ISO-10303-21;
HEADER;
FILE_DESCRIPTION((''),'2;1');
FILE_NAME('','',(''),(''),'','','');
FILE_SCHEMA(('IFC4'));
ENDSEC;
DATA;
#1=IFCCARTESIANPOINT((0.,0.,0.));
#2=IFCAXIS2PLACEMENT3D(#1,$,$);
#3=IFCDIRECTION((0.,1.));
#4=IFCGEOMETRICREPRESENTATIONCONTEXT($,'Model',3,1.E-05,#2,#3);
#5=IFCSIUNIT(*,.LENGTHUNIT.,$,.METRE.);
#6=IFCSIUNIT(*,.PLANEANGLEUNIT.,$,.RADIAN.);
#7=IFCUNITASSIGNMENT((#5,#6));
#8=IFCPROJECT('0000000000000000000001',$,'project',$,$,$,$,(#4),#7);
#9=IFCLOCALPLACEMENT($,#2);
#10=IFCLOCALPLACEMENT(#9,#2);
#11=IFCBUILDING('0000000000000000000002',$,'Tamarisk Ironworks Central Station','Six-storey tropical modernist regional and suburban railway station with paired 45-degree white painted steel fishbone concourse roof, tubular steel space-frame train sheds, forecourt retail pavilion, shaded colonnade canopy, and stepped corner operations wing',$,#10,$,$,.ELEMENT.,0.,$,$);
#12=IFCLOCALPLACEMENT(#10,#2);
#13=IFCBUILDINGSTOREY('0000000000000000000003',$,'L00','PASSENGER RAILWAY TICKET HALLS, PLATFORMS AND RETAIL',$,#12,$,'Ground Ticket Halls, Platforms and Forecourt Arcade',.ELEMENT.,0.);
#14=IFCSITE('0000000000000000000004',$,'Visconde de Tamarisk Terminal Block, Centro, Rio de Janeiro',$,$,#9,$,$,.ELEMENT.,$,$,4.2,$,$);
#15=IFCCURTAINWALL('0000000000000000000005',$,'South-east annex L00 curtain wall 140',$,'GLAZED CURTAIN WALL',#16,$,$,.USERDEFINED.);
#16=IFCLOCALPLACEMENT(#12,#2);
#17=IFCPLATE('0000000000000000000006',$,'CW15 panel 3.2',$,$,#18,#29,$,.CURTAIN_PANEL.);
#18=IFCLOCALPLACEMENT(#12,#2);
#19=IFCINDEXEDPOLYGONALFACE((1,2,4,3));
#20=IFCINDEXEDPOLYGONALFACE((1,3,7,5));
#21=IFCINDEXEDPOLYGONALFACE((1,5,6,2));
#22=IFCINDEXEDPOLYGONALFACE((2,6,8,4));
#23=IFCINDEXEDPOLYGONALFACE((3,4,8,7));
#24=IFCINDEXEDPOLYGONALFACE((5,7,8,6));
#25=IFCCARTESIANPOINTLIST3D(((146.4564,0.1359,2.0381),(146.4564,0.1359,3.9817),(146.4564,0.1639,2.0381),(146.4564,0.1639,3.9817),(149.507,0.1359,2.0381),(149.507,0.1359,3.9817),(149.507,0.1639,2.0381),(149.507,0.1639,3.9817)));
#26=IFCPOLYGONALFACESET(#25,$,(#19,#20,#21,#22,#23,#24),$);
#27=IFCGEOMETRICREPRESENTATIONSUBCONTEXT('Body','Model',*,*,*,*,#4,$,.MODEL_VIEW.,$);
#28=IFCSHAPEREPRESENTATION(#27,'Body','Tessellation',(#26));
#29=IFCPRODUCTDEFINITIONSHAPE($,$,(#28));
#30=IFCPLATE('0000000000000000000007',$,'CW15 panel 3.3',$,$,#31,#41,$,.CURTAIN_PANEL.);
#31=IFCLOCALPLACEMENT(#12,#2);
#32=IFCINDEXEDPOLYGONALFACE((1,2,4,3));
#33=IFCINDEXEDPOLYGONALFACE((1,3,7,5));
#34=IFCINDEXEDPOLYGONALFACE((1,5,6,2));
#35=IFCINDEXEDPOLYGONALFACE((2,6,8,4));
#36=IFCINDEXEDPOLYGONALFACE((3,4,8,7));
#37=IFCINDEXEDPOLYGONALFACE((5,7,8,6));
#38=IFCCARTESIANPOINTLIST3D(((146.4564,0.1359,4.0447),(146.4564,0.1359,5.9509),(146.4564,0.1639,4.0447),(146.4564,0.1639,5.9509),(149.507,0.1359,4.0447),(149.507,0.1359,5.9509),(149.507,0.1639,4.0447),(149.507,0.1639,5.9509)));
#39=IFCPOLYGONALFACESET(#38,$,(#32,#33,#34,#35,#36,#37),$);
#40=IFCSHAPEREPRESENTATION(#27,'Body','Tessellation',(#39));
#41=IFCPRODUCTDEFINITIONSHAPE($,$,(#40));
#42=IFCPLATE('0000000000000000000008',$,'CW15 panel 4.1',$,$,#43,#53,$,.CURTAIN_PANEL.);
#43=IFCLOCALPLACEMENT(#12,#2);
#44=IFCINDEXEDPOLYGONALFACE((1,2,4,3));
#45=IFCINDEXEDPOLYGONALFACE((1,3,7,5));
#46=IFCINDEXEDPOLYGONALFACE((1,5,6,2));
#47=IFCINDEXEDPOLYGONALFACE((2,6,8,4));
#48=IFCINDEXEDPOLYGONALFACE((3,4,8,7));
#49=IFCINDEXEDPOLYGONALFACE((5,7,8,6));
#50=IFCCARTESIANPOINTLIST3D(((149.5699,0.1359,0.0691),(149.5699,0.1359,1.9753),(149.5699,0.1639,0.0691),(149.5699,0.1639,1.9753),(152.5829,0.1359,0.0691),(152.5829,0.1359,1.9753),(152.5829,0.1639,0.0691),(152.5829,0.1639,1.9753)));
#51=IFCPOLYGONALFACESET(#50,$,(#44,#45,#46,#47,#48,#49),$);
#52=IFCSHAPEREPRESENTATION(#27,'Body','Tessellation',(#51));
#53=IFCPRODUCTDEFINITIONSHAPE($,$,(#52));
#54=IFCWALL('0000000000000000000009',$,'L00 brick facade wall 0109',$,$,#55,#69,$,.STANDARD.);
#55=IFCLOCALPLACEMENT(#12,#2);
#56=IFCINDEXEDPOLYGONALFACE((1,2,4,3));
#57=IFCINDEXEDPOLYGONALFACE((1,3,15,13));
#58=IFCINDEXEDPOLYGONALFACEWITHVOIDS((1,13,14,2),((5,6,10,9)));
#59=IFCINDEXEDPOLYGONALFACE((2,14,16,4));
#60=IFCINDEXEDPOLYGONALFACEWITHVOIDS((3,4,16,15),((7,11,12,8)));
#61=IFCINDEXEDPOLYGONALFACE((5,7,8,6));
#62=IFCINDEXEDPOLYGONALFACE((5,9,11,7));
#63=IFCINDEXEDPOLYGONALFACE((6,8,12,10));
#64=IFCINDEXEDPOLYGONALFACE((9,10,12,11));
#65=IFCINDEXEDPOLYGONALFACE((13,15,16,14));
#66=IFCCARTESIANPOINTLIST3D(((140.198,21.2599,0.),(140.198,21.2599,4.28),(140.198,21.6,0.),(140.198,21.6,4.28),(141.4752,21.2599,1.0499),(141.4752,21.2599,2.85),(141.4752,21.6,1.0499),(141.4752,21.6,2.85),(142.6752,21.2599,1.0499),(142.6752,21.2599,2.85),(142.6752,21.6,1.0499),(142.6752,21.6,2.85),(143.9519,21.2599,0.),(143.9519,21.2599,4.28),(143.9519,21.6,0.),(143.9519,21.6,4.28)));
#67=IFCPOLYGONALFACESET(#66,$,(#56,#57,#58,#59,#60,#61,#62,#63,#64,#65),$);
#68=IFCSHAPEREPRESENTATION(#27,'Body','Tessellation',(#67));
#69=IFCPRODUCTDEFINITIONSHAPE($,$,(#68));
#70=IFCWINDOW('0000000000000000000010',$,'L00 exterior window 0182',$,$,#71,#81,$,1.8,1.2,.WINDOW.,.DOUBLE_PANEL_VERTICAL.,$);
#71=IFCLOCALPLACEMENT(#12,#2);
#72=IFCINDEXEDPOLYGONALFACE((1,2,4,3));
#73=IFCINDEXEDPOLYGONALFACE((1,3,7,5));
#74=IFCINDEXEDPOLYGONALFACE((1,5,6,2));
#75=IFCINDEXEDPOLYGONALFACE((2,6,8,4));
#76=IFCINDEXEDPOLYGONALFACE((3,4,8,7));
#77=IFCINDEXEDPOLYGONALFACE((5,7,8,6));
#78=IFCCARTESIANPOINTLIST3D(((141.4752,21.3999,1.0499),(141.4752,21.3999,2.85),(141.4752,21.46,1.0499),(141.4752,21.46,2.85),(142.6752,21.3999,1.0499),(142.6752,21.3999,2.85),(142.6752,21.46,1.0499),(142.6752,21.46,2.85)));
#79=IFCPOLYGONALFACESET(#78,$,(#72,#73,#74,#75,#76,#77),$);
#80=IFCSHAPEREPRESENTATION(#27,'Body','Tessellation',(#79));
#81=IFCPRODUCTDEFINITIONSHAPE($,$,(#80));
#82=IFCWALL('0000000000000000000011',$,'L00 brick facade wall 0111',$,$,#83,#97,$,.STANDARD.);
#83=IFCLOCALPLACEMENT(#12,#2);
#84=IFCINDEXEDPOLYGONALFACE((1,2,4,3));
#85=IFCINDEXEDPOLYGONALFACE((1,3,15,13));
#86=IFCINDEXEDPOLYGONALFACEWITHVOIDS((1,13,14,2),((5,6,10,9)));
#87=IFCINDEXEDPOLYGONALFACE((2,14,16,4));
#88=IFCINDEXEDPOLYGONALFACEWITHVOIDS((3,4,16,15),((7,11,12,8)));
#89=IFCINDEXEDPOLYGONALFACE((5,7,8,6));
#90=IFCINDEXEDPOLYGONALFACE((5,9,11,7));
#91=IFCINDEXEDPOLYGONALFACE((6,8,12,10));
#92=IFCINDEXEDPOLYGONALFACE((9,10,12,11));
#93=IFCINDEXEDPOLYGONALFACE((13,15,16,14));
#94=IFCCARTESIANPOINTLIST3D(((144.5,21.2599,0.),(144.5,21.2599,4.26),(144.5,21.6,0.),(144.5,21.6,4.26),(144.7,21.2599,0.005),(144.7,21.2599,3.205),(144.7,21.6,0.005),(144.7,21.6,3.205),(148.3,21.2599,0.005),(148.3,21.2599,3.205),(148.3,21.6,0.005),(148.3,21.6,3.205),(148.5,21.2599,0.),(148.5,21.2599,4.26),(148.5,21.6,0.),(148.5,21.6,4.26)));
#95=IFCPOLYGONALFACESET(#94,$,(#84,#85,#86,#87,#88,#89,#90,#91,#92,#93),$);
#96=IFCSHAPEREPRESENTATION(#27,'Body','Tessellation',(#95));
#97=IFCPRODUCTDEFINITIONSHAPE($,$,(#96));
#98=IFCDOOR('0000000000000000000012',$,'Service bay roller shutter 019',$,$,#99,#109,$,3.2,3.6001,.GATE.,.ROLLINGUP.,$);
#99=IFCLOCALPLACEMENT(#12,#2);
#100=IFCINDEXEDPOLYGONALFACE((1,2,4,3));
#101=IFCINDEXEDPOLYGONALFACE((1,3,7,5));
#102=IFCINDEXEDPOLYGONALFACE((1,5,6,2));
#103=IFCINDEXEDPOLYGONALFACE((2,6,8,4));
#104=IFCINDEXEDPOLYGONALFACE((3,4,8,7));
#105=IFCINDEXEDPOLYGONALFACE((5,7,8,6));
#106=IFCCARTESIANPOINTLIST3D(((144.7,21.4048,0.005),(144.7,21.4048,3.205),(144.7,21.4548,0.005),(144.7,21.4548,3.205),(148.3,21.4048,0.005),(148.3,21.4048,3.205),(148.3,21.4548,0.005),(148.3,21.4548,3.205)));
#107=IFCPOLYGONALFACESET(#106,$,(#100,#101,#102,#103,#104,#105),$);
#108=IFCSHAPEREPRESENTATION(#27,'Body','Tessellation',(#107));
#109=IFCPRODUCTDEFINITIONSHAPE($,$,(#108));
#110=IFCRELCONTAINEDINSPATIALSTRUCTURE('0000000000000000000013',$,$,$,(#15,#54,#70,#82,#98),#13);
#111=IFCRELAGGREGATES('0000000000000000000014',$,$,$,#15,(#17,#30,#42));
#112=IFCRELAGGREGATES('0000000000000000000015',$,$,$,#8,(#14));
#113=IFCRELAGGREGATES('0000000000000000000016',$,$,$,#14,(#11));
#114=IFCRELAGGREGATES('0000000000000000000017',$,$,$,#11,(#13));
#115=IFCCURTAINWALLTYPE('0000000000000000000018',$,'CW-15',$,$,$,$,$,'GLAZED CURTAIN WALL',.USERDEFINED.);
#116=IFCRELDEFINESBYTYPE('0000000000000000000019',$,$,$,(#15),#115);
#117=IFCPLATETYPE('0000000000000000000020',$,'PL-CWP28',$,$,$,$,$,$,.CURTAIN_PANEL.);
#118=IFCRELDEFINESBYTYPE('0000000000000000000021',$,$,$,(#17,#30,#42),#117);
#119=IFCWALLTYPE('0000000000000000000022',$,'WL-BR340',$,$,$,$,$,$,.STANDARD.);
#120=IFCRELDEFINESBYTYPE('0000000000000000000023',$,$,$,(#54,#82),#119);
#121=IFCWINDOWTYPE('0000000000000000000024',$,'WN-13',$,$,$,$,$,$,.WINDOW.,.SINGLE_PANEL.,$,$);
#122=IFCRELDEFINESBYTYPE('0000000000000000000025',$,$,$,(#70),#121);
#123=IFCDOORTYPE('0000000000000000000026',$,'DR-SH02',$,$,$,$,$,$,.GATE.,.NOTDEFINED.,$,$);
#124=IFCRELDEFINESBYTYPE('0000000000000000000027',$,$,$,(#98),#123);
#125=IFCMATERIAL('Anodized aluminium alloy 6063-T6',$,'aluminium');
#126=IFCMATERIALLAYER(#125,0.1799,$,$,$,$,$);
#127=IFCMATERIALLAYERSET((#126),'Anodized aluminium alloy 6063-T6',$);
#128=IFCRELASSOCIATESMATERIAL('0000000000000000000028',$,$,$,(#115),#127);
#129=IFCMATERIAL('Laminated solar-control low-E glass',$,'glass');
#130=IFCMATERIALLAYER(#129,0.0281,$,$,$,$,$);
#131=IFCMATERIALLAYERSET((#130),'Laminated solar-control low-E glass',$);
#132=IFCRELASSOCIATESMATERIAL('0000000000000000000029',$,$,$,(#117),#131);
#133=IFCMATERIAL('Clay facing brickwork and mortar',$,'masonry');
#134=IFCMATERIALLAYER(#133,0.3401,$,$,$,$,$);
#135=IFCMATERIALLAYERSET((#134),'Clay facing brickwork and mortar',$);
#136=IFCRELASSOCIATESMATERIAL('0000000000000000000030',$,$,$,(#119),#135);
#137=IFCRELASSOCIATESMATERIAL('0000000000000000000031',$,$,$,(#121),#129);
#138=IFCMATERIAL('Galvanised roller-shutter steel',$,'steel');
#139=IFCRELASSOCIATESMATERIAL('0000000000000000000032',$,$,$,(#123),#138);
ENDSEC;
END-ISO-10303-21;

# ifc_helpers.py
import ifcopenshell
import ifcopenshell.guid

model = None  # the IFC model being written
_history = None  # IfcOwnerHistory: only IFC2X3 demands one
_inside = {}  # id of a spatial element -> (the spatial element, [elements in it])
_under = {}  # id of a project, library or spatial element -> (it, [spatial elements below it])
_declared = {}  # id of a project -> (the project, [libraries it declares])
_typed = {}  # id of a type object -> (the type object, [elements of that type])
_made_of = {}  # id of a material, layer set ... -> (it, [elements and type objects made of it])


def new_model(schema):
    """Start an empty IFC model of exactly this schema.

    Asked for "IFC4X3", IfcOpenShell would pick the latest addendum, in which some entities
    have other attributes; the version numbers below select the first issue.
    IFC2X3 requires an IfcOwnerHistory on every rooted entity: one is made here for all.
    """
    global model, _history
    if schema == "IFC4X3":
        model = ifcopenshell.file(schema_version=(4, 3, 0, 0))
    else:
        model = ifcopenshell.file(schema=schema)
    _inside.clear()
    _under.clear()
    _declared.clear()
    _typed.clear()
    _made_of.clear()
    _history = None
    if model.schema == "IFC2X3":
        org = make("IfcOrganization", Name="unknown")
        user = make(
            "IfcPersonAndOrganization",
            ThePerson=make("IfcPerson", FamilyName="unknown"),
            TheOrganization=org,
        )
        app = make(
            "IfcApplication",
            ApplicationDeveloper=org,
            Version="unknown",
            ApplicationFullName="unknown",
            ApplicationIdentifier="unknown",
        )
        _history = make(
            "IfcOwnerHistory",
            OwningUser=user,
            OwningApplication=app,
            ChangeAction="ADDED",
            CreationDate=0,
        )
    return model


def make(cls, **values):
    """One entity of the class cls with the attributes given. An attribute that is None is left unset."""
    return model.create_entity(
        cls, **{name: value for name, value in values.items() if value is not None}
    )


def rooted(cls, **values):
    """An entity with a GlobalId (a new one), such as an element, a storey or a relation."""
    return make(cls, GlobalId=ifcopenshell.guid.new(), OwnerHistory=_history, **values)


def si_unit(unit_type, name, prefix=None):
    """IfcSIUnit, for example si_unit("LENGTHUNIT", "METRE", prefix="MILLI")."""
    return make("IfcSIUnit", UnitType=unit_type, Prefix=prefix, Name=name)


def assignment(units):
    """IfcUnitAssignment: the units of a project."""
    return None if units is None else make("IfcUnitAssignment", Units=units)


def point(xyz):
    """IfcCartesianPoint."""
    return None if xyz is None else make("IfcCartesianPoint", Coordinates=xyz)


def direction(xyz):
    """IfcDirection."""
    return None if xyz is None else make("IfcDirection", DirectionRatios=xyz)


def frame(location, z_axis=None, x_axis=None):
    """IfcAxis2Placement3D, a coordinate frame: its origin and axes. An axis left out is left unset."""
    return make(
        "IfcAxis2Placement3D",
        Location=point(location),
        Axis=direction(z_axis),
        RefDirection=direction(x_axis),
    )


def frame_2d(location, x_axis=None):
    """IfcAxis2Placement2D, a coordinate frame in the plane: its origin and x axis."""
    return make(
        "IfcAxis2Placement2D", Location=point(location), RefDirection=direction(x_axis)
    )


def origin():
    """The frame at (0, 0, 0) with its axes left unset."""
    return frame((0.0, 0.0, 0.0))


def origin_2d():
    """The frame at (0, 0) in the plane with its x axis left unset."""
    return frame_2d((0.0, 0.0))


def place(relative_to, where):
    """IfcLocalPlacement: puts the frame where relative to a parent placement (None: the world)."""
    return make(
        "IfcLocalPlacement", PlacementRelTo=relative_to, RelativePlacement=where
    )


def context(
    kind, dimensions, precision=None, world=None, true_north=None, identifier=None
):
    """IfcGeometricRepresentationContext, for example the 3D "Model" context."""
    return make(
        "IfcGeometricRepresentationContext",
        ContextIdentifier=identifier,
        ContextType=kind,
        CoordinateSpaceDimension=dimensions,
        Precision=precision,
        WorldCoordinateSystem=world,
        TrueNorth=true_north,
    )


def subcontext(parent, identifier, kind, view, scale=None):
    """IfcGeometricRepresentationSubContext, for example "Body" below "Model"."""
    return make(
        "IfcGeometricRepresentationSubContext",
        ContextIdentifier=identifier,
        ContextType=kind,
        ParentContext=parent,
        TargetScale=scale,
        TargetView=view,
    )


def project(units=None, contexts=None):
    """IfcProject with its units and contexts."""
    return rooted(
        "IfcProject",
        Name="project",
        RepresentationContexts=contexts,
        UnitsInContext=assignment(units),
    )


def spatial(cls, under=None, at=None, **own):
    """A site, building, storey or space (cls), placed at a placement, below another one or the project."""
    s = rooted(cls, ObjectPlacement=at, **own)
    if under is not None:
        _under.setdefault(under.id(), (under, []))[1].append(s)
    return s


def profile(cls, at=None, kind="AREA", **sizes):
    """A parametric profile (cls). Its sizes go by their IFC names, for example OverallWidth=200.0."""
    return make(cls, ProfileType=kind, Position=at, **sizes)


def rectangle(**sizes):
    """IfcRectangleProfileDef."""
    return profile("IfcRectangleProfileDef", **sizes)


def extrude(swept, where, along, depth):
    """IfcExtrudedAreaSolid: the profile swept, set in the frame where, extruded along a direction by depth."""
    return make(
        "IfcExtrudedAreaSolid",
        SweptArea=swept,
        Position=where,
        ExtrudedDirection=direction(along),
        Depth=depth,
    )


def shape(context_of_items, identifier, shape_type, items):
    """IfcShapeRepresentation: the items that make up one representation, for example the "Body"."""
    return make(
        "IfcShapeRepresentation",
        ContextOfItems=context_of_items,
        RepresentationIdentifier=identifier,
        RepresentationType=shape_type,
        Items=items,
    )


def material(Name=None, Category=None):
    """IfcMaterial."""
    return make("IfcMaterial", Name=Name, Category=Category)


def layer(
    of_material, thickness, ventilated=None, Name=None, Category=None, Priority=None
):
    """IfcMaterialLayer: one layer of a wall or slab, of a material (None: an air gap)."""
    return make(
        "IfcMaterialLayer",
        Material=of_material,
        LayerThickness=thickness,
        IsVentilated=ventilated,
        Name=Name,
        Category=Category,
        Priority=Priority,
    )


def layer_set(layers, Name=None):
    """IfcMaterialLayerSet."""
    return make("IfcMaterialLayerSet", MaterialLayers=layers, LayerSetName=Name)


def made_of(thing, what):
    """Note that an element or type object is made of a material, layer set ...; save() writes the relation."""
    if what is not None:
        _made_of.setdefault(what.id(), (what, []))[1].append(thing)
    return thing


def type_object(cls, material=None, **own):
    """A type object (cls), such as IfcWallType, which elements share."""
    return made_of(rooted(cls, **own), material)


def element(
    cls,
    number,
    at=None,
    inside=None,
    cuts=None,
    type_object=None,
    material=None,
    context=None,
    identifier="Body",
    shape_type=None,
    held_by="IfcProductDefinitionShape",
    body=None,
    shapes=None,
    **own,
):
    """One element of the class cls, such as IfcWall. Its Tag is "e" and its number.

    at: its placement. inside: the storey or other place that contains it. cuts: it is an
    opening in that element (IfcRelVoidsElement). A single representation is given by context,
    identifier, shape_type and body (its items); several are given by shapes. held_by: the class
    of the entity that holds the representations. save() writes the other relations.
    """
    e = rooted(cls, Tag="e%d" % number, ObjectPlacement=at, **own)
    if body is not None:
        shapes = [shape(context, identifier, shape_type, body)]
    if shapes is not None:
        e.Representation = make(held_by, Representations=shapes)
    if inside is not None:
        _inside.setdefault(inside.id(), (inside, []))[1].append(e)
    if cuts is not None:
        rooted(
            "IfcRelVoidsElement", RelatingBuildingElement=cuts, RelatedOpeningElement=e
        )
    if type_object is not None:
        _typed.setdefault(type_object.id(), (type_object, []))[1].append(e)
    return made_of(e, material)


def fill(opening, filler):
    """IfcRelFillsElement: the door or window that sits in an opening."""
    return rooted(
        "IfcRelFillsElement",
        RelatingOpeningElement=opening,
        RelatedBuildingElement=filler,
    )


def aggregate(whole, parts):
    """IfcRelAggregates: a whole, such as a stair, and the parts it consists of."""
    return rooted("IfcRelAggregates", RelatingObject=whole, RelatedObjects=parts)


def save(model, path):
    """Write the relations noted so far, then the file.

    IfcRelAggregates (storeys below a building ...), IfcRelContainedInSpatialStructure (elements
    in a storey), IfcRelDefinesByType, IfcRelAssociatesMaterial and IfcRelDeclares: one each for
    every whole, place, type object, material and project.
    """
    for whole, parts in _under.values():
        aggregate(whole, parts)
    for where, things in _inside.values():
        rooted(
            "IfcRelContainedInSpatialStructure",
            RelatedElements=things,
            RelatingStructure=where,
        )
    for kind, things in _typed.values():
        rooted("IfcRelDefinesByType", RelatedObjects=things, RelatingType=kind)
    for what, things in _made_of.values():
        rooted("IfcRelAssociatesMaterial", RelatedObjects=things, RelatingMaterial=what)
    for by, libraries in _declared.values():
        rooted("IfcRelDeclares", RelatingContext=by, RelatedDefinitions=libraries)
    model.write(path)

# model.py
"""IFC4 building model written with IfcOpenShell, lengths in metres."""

from ifc_helpers import new_model, si_unit, direction, frame, frame_2d, origin, origin_2d, place, context, subcontext, project, spatial, rectangle, extrude, material, layer, layer_set, type_object, element, fill, aggregate, save


model = new_model("IFC4")

# Units and contexts
model_context = context("Model", 3, precision=1e-05, world=origin(), true_north=direction((0.0, 1.0)))
body_context = subcontext(model_context, "Body", "Model", "MODEL_VIEW")
ifc_project = project(units=[si_unit("LENGTHUNIT", "METRE"), si_unit("PLANEANGLEUNIT", "RADIAN")], contexts=[model_context])

# Site, building, storey
site_placement = place(None, origin())
site = spatial("IfcSite", under=ifc_project, at=site_placement, Name="Visconde de Tamarisk Terminal Block, Centro, Rio de Janeiro", CompositionType="ELEMENT", RefElevation=4.2)
building_placement = place(site_placement, origin())
building = spatial("IfcBuilding", under=site, at=building_placement, Name="Tamarisk Ironworks Central Station", Description="Six-storey tropical modernist regional and suburban railway station with paired 45-degree white painted steel fishbone concourse roof, tubular steel space-frame train sheds, forecourt retail pavilion, shaded colonnade canopy, and stepped corner operations wing", CompositionType="ELEMENT", ElevationOfRefHeight=0.0)
storey_placement = place(building_placement, origin())
storey = spatial("IfcBuildingStorey", under=building, at=storey_placement, Name="L00", Description="PASSENGER RAILWAY TICKET HALLS, PLATFORMS AND RETAIL", LongName="Ground Ticket Halls, Platforms and Forecourt Arcade", CompositionType="ELEMENT", Elevation=0.0)

# Shared definitions
ifc_material_1 = material(Name="Clay facing brickwork and mortar", Category="masonry")

# Curtain wall, plates
ifc_material_2 = material(Name="Anodized aluminium alloy 6063-T6", Category="aluminium")
ifc_layer_1 = layer(ifc_material_2, 0.1799)
ifc_layer_set_1 = layer_set([ifc_layer_1], Name="Anodized aluminium alloy 6063-T6")
curtain_wall_type = type_object("IfcCurtainWallType", Name="CW-15", ElementType="GLAZED CURTAIN WALL", PredefinedType="USERDEFINED", material=ifc_layer_set_1)
curtain_wall_placement = place(storey_placement, origin())
curtain_wall = element("IfcCurtainWall", 1, at=curtain_wall_placement, inside=storey, type_object=curtain_wall_type, Name="South-east annex L00 curtain wall 140", ObjectType="GLAZED CURTAIN WALL", PredefinedType="USERDEFINED")
ifc_material_3 = material(Name="Laminated solar-control low-E glass", Category="glass")
ifc_layer_2 = layer(ifc_material_3, 0.0281)
ifc_layer_set_2 = layer_set([ifc_layer_2], Name="Laminated solar-control low-E glass")
plate_type = type_object("IfcPlateType", Name="PL-CWP28", PredefinedType="CURTAIN_PANEL", material=ifc_layer_set_2)
plate_1_placement = place(storey_placement, frame((147.9817, 0.1499, 2.0381), z_axis=(0.0, 0.0, 1.0), x_axis=(1.0, 0.0, 0.0)))
plate_1 = element("IfcPlate", 2, at=plate_1_placement, type_object=plate_type, Name="CW15 panel 3.2", PredefinedType="CURTAIN_PANEL", context=body_context, shape_type="SweptSolid", body=[
    extrude(rectangle(XDim=3.0505, YDim=0.0281, at=origin_2d()), origin(), (0.0, 0.0, 1.0), 1.9436),
])
plate_2_placement = place(storey_placement, frame((147.9817, 0.1499, 4.0447), z_axis=(0.0, 0.0, 1.0), x_axis=(1.0, 0.0, 0.0)))
plate_2 = element("IfcPlate", 3, at=plate_2_placement, type_object=plate_type, Name="CW15 panel 3.3", PredefinedType="CURTAIN_PANEL", context=body_context, shape_type="SweptSolid", body=[
    extrude(rectangle(XDim=3.0505, YDim=0.0281, at=origin_2d()), origin(), (0.0, 0.0, 1.0), 1.9062),
])
plate_3_placement = place(storey_placement, frame((151.0764, 0.1499, 0.0691), z_axis=(0.0, 0.0, 1.0), x_axis=(1.0, 0.0, 0.0)))
plate_3 = element("IfcPlate", 4, at=plate_3_placement, type_object=plate_type, Name="CW15 panel 4.1", PredefinedType="CURTAIN_PANEL", context=body_context, shape_type="SweptSolid", body=[
    extrude(rectangle(XDim=3.0129, YDim=0.0281, at=origin_2d()), origin(), (0.0, 0.0, 1.0), 1.9062),
])
aggregate(curtain_wall, [plate_1, plate_2, plate_3])

# Wall, opening, window
ifc_layer_3 = layer(ifc_material_1, 0.3401)
ifc_layer_set_3 = layer_set([ifc_layer_3], Name="Clay facing brickwork and mortar")
wall_type = type_object("IfcWallType", Name="WL-BR340", PredefinedType="STANDARD", material=ifc_layer_set_3)
wall_1_placement = place(storey_placement, frame((140.198, 21.4299, 0.0), z_axis=(0.0, 0.0, 1.0), x_axis=(1.0, 0.0, 0.0)))
wall_1 = element("IfcWall", 5, at=wall_1_placement, inside=storey, type_object=wall_type, Name="L00 brick facade wall 0109", PredefinedType="STANDARD", context=body_context, shape_type="SweptSolid", body=[
    extrude(rectangle(XDim=3.7539, YDim=0.3401, at=frame_2d((1.877, 0.0))), origin(), (0.0, 0.0, 1.0), 4.28),
])
opening_1_placement = place(wall_1_placement, frame((1.2771, 0.0, 1.05)))
opening_1 = element("IfcOpeningElement", 6, at=opening_1_placement, cuts=wall_1, PredefinedType="OPENING", context=body_context, shape_type="SweptSolid", body=[
    extrude(rectangle(XDim=1.2, YDim=1.8, at=frame_2d((0.6001, 0.8999))), frame((0.0, 0.1821, 0.0), z_axis=(0.0, -1.0, 0.0), x_axis=(1.0, 0.0, 0.0)), (0.0, 0.0, 1.0), 0.364),
])
window_type = type_object("IfcWindowType", Name="WN-13", PartitioningType="SINGLE_PANEL", PredefinedType="WINDOW", material=ifc_material_3)
window_placement = place(opening_1_placement, origin())
window = element("IfcWindow", 7, at=window_placement, inside=storey, type_object=window_type, Name="L00 exterior window 0182", OverallHeight=1.8, OverallWidth=1.2, PartitioningType="DOUBLE_PANEL_VERTICAL", PredefinedType="WINDOW", context=body_context, shape_type="SweptSolid", body=[
    extrude(rectangle(XDim=1.2, YDim=1.8, at=frame_2d((0.6001, 0.8999))), frame((0.0, 0.03, 0.0), z_axis=(0.0, -1.0, 0.0), x_axis=(1.0, 0.0, 0.0)), (0.0, 0.0, 1.0), 0.0601),
])
fill(opening_1, window)

# Wall, opening, door
wall_2_placement = place(storey_placement, frame((144.5, 21.4299, 0.0), z_axis=(0.0, 0.0, 1.0), x_axis=(1.0, 0.0, 0.0)))
wall_2 = element("IfcWall", 8, at=wall_2_placement, inside=storey, type_object=wall_type, Name="L00 brick facade wall 0111", PredefinedType="STANDARD", context=body_context, shape_type="SweptSolid", body=[
    extrude(rectangle(XDim=4.0, YDim=0.3401, at=frame_2d((2.0, 0.0))), origin(), (0.0, 0.0, 1.0), 4.26),
])
opening_2_placement = place(wall_2_placement, frame((0.2, 0.0, 0.0049)))
opening_2 = element("IfcOpeningElement", 9, at=opening_2_placement, cuts=wall_2, PredefinedType="OPENING", context=body_context, shape_type="SweptSolid", body=[
    extrude(rectangle(XDim=3.6001, YDim=3.2, at=frame_2d((1.8, 1.6001))), frame((0.0, 0.1821, 0.0), z_axis=(0.0, -1.0, 0.0), x_axis=(1.0, 0.0, 0.0)), (0.0, 0.0, 1.0), 0.364),
])
ifc_material_4 = material(Name="Galvanised roller-shutter steel", Category="steel")
door_type = type_object("IfcDoorType", Name="DR-SH02", OperationType="NOTDEFINED", PredefinedType="GATE", material=ifc_material_4)
door_placement = place(opening_2_placement, origin())
door = element("IfcDoor", 10, at=door_placement, inside=storey, type_object=door_type, Name="Service bay roller shutter 019", OperationType="ROLLINGUP", OverallHeight=3.2, OverallWidth=3.6001, PredefinedType="GATE", context=body_context, shape_type="SweptSolid", body=[
    extrude(rectangle(XDim=3.6001, YDim=3.2, at=frame_2d((1.8, 1.6001))), frame((0.0, 0.0249, 0.0), z_axis=(0.0, -1.0, 0.0), x_axis=(1.0, 0.0, 0.0)), (0.0, 0.0, 1.0), 0.05),
])
fill(opening_2, door)

save(model, "model.ifc")
